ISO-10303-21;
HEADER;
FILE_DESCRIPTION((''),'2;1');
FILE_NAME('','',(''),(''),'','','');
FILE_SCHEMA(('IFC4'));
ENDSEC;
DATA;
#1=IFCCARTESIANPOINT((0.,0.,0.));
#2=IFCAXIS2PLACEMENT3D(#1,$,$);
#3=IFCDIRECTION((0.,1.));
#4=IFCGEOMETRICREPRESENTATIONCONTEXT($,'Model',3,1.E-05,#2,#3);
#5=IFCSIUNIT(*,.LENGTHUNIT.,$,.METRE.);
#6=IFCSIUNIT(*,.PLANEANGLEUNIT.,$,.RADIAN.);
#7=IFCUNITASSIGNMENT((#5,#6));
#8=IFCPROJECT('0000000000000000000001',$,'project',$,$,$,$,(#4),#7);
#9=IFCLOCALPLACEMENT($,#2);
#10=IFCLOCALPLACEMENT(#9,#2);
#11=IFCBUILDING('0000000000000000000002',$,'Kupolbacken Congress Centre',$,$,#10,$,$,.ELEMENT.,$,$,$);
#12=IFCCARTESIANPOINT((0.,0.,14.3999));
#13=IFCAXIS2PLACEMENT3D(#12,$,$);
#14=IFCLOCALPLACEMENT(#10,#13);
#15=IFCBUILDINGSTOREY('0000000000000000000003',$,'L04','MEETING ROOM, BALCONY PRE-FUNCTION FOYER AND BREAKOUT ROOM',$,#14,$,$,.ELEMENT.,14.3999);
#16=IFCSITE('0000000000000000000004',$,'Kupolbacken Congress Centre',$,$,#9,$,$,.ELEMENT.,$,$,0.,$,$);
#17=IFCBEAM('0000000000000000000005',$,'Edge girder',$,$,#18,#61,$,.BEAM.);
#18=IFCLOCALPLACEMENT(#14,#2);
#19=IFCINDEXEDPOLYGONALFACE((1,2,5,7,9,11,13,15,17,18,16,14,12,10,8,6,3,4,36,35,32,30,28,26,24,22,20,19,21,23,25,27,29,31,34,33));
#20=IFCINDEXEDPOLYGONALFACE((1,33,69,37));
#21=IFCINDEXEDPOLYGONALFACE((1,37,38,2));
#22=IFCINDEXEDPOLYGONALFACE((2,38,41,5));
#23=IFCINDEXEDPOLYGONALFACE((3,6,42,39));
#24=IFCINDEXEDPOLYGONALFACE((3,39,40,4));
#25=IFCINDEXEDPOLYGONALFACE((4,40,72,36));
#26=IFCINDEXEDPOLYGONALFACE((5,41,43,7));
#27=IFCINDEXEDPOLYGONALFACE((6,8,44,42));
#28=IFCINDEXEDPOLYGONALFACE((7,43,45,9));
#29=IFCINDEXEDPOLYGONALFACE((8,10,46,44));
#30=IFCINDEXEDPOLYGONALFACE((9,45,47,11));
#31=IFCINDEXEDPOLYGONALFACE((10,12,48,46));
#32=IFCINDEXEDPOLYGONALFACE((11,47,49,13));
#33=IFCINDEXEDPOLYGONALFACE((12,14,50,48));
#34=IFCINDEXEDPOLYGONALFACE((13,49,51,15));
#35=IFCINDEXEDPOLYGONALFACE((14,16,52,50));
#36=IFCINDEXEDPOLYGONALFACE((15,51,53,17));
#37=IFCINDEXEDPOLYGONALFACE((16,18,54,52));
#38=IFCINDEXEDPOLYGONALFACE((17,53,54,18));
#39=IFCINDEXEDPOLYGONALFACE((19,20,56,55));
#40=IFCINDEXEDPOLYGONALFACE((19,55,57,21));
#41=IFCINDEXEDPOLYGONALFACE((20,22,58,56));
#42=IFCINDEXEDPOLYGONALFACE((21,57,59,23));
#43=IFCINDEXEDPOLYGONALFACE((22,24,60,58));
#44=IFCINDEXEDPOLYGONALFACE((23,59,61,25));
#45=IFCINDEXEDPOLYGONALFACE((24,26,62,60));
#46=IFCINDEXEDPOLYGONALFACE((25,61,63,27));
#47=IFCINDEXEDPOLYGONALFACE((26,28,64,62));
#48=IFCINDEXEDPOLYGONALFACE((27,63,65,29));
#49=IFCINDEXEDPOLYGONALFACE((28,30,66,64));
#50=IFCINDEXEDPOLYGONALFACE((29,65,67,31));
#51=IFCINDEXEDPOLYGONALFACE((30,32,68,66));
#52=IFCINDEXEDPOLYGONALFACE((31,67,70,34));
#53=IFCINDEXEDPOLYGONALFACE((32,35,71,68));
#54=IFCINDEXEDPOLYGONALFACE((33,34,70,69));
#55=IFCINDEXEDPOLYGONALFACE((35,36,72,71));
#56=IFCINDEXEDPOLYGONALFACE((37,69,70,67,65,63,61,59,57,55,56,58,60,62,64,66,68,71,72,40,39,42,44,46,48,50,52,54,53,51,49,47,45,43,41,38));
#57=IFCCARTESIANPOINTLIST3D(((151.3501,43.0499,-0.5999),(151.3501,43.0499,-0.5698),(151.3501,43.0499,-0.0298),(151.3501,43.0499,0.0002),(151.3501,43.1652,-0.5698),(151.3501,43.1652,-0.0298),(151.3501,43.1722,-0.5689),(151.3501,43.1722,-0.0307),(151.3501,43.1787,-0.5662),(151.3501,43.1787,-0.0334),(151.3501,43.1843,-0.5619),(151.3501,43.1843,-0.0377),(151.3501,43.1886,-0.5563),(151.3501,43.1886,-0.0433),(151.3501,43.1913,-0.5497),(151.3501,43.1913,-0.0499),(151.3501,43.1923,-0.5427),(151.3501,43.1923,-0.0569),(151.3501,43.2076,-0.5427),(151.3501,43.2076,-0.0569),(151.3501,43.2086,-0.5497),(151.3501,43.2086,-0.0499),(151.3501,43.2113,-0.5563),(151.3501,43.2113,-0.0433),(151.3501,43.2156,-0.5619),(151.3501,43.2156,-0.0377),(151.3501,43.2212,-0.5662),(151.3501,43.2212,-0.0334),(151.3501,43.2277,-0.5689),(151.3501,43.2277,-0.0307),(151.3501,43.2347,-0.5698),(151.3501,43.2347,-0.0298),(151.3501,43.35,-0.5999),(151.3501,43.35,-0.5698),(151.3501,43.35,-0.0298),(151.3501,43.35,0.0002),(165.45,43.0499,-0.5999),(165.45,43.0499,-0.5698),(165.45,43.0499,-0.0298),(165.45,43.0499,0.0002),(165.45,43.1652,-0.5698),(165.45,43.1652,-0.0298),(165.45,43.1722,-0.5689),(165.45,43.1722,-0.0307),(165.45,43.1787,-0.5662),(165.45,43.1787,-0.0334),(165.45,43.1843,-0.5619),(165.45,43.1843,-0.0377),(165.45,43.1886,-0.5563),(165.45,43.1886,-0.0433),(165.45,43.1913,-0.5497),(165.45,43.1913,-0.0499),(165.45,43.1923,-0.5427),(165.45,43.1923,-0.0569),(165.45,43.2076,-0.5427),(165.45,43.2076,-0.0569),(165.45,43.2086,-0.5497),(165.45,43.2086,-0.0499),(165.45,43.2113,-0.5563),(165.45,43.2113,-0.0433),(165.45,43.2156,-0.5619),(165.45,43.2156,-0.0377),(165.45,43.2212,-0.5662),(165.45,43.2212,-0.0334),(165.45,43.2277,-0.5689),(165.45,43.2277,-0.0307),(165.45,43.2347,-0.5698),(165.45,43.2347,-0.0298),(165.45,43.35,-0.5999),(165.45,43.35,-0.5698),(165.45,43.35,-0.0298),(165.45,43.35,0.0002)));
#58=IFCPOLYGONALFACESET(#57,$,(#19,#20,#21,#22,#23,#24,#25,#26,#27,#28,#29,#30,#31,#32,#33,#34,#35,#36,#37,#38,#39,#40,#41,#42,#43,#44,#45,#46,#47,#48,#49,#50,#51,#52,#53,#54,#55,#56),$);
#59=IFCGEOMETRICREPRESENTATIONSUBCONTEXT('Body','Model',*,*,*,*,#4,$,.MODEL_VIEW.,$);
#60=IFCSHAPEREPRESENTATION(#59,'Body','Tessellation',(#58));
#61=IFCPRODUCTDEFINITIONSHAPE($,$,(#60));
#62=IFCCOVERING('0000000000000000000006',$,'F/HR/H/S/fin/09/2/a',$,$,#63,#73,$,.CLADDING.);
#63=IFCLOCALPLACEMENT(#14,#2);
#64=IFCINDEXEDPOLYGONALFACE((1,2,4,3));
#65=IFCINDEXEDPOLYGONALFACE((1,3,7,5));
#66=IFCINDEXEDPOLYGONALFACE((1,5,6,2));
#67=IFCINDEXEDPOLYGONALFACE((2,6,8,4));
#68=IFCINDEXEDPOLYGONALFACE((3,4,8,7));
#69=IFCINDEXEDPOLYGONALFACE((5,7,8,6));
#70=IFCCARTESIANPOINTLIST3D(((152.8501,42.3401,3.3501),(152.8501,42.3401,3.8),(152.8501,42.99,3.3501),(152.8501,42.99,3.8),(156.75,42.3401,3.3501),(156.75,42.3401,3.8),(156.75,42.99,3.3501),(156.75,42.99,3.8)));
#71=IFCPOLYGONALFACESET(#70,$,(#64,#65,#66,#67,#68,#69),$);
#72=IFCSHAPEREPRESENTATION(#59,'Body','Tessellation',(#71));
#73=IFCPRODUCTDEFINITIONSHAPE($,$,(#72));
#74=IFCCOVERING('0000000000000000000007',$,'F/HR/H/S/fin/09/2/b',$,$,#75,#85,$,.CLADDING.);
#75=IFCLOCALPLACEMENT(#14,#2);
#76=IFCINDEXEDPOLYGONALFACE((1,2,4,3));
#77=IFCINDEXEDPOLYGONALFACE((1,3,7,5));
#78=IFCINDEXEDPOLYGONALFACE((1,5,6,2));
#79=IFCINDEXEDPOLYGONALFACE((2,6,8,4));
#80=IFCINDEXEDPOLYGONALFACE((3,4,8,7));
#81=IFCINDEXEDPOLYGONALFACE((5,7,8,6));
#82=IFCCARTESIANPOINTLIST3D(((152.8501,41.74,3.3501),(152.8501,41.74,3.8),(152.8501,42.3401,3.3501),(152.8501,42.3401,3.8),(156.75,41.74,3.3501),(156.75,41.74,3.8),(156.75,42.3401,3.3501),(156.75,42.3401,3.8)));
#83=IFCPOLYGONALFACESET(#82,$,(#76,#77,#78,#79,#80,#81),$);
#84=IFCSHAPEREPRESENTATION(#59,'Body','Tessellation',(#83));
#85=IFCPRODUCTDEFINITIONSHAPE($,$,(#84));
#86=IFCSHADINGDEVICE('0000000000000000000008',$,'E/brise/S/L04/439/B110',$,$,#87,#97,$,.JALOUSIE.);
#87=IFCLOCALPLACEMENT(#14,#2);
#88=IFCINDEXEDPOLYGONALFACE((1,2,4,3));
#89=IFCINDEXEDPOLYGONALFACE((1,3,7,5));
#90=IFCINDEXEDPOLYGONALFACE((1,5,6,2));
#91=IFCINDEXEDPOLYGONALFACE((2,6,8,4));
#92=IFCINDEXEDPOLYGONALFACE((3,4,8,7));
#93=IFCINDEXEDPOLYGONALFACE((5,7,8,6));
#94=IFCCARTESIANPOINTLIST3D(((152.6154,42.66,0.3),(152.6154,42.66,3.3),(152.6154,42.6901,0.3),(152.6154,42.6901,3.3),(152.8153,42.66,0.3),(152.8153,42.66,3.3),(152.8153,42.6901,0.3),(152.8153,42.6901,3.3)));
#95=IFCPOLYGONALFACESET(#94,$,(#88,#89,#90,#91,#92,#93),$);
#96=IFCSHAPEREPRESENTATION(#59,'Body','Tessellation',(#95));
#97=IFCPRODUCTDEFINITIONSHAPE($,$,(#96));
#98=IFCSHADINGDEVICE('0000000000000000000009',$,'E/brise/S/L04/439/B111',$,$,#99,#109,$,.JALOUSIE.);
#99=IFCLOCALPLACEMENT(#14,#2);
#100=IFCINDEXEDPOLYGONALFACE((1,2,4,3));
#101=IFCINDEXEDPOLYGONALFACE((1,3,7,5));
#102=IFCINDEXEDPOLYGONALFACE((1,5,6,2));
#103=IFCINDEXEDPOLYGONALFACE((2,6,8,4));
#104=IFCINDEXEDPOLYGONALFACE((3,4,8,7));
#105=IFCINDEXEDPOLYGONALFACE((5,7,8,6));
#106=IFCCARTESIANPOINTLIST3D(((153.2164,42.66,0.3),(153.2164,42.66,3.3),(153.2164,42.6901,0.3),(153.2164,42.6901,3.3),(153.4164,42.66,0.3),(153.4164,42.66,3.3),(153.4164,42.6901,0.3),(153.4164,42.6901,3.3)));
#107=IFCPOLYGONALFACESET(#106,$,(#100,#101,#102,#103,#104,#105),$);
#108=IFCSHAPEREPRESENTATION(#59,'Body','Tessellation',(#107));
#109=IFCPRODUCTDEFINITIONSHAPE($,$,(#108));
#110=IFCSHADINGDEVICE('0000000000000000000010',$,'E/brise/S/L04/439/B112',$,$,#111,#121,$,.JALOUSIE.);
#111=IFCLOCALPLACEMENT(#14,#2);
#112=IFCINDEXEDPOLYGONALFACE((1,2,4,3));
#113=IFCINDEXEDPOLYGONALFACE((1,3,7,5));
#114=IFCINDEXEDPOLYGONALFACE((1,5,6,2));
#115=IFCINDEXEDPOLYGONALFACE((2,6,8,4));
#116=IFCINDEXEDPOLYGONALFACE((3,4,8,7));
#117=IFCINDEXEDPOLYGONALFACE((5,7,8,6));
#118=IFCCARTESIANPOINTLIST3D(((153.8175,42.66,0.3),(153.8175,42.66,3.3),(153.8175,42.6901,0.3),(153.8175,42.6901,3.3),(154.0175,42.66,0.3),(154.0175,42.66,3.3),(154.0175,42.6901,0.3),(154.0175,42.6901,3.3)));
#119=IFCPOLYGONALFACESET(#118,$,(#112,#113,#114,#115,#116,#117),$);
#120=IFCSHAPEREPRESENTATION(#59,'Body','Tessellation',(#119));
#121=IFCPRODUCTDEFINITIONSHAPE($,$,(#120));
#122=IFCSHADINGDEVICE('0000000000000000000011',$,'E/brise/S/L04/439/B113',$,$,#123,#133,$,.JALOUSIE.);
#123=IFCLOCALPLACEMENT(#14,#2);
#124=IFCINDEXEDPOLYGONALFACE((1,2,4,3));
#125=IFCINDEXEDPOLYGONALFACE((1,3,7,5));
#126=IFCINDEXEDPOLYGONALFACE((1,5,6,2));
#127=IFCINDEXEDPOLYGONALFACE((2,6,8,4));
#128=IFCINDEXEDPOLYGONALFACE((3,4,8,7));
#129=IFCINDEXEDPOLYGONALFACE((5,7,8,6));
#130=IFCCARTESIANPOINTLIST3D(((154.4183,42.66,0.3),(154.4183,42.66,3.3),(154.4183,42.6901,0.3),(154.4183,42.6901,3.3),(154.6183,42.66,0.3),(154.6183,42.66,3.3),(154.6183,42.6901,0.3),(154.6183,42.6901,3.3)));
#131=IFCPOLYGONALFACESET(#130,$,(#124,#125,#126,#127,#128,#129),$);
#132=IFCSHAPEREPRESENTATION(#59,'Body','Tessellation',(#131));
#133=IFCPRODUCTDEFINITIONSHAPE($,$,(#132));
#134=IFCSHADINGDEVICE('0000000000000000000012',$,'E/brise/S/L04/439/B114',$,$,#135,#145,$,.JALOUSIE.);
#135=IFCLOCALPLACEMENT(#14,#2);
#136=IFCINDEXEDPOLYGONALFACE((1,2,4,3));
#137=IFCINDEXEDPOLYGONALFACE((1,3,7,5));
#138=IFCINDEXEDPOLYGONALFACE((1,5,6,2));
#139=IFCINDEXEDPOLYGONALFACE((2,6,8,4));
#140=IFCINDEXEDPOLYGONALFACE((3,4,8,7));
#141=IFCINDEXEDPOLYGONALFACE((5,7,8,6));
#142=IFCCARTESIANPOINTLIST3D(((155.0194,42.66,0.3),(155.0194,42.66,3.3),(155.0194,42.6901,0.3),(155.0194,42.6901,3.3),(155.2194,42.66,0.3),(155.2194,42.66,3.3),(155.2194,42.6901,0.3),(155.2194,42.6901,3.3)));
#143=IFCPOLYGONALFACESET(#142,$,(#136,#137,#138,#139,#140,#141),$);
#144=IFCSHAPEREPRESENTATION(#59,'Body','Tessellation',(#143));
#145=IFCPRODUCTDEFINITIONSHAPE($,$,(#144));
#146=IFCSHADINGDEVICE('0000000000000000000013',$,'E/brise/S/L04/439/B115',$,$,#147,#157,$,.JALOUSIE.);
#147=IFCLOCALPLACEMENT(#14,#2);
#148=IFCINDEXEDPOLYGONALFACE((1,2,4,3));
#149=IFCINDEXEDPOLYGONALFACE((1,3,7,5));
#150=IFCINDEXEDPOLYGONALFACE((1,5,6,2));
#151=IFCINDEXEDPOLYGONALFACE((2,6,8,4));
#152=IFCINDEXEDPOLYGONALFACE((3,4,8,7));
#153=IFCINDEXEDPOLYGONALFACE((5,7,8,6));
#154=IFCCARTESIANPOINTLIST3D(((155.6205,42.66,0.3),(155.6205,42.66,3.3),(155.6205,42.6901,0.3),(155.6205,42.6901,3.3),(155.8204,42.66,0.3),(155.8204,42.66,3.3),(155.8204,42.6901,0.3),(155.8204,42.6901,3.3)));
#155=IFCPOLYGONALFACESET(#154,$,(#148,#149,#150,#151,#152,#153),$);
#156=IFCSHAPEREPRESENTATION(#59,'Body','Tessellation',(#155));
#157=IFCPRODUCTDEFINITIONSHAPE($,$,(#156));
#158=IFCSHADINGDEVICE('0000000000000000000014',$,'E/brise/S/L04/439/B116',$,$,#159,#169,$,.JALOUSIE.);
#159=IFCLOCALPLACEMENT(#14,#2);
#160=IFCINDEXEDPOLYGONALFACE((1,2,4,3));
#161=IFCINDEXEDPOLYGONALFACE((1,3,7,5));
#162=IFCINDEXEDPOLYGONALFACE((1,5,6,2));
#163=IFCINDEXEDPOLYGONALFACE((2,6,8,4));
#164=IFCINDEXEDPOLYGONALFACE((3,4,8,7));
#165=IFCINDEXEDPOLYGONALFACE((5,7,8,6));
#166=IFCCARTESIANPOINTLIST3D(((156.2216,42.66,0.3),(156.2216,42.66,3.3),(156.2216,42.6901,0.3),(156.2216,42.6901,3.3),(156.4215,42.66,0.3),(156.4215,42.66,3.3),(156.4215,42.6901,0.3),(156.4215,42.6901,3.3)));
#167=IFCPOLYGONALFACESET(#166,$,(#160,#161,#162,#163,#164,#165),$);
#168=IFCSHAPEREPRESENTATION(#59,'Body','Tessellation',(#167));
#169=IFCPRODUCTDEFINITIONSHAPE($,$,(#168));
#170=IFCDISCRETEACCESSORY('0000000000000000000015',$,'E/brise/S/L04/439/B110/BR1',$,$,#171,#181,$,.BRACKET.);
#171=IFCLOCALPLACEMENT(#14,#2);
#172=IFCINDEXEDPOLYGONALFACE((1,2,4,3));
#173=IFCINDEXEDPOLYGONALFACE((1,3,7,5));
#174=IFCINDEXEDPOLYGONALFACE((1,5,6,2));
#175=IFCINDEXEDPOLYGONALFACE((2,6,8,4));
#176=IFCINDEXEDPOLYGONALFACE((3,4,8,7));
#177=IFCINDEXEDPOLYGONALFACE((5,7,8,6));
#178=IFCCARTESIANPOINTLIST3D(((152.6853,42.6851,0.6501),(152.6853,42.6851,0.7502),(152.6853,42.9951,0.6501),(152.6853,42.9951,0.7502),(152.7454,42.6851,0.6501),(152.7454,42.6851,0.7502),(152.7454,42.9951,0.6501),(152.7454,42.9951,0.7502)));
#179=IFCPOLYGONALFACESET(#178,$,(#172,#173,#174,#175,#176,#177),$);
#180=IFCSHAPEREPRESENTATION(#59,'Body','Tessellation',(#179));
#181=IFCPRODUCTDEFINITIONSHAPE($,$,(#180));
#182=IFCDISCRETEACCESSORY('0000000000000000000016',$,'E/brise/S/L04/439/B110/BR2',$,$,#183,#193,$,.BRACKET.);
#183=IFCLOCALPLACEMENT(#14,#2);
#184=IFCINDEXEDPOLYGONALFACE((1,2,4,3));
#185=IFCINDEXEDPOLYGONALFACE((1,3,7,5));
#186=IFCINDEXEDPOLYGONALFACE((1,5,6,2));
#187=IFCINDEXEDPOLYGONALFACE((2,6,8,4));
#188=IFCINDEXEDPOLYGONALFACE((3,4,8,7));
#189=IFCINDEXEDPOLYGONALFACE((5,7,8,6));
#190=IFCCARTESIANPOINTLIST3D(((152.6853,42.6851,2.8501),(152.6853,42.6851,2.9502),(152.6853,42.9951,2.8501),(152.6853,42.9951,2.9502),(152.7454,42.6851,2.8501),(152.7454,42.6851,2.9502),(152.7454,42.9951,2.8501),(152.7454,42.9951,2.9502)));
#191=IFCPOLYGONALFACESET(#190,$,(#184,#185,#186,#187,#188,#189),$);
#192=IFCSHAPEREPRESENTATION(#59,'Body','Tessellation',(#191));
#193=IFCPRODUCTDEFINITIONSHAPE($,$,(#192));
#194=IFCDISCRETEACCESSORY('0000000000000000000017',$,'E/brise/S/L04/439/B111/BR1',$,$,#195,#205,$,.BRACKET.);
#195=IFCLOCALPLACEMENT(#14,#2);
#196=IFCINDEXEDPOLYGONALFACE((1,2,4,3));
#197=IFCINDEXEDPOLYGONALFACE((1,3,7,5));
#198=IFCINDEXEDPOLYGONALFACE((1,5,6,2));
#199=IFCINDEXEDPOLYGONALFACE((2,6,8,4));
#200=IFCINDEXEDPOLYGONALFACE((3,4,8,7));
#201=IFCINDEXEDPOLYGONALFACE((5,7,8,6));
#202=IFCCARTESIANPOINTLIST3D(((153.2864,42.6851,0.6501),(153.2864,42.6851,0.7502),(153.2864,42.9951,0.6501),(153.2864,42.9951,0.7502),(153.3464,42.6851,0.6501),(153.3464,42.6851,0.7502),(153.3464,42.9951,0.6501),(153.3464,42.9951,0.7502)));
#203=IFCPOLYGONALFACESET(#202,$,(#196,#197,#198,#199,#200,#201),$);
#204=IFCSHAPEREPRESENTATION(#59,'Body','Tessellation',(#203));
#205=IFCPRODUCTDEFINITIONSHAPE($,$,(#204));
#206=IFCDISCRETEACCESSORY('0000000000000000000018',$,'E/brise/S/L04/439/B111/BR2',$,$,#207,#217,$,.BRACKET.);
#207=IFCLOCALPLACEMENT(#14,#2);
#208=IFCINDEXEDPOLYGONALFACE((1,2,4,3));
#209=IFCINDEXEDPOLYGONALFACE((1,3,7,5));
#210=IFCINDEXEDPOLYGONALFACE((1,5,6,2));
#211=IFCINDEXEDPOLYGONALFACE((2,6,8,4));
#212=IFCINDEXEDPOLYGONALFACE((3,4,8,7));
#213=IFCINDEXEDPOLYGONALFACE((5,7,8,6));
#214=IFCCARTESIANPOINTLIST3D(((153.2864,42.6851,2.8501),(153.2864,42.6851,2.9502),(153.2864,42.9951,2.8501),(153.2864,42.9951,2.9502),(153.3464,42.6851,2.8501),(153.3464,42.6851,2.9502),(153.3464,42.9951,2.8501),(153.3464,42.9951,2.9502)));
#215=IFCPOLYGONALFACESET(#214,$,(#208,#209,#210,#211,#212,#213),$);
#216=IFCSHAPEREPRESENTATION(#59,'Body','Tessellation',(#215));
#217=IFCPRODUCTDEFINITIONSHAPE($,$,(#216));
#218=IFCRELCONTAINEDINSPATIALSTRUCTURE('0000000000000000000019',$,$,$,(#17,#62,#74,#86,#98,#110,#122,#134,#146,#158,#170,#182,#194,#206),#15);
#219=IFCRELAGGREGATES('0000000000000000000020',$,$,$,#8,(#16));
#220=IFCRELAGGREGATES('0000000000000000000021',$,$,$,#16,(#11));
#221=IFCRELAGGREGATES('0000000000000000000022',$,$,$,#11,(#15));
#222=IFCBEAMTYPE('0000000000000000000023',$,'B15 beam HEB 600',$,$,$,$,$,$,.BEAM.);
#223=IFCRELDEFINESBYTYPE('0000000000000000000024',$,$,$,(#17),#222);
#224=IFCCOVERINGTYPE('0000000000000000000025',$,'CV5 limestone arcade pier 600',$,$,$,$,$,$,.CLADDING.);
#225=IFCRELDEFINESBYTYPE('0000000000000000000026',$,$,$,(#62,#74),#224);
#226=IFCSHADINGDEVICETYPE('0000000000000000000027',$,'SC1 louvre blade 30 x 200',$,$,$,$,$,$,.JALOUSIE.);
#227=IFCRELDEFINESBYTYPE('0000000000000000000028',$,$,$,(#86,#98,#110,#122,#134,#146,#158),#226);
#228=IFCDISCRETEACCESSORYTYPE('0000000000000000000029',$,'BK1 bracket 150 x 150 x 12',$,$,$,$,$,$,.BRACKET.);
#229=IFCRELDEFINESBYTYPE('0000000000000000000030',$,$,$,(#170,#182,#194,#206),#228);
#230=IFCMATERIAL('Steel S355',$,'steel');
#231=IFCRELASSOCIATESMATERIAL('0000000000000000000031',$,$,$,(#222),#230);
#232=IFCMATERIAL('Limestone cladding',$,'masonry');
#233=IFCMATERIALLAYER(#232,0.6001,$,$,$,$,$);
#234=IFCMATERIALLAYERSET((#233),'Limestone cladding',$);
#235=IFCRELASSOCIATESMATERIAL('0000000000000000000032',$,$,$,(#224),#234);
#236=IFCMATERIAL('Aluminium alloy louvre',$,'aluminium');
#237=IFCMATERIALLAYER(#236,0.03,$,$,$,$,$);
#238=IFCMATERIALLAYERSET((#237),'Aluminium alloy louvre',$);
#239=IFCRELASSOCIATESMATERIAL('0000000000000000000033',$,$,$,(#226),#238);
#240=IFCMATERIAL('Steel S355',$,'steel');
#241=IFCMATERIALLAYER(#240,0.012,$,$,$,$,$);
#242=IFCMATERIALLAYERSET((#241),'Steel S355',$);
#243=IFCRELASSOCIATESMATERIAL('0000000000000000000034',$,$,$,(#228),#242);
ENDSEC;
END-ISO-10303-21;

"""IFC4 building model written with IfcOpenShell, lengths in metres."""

from ifc_helpers import new_model, si_unit, direction, frame, origin, origin_2d, place, context, subcontext, project, spatial, rectangle, i_section, extrude, material, layer, layer_set, material_profile, profile_set, type_object, element, save


model = new_model("IFC4")

# Units and contexts
model_context = context("Model", 3, precision=1e-05, world=origin(), true_north=direction((0.0, 1.0)))
body_context = subcontext(model_context, "Body", "Model", "MODEL_VIEW")
ifc_project = project(units=[si_unit("LENGTHUNIT", "METRE"), si_unit("PLANEANGLEUNIT", "RADIAN")], contexts=[model_context])

# Site, building, storey
site_placement = place(None, origin())
site = spatial("IfcSite", under=ifc_project, at=site_placement, Name="Kupolbacken Congress Centre", CompositionType="ELEMENT", RefElevation=0.0)
building_placement = place(site_placement, origin())
building = spatial("IfcBuilding", under=site, at=building_placement, Name="Kupolbacken Congress Centre", CompositionType="ELEMENT")
storey_placement = place(building_placement, frame((0.0, 0.0, 14.3999)))
storey = spatial("IfcBuildingStorey", under=building, at=storey_placement, Name="L04", Description="MEETING ROOM, BALCONY PRE-FUNCTION FOYER AND BREAKOUT ROOM", CompositionType="ELEMENT", Elevation=14.3999)

# Beam
ifc_material_1 = material(Name="Steel S355", Category="steel")
ifc_material_profile = material_profile(ifc_material_1, i_section(OverallWidth=0.3, OverallDepth=0.6001, WebThickness=0.0154, FlangeThickness=0.03, FilletRadius=0.0271, at=origin_2d()), Name="HEB 600")
ifc_profile_set = profile_set([ifc_material_profile], Name="Steel S355")
beam_type = type_object("IfcBeamType", Name="B15 beam HEB 600", PredefinedType="BEAM", material=ifc_profile_set)
beam_placement = place(storey_placement, frame((151.3501, 43.2, -0.2998), z_axis=(1.0, 0.0, 0.0), x_axis=(0.0, 1.0, 0.0)))
element("IfcBeam", 1, at=beam_placement, inside=storey, type_object=beam_type, Name="Edge girder", PredefinedType="BEAM", context=body_context, shape_type="SweptSolid", body=[
    extrude(i_section(OverallWidth=0.3, OverallDepth=0.6001, WebThickness=0.0154, FlangeThickness=0.03, FilletRadius=0.0271, at=origin_2d()), origin(), (0.0, 0.0, 1.0), 14.0999),
])

# Coverings
ifc_material_2 = material(Name="Limestone cladding", Category="masonry")
ifc_layer_1 = layer(ifc_material_2, 0.6001)
ifc_layer_set_1 = layer_set([ifc_layer_1], Name="Limestone cladding")
covering_type = type_object("IfcCoveringType", Name="CV5 limestone arcade pier 600", PredefinedType="CLADDING", material=ifc_layer_set_1)
covering_1_placement = place(storey_placement, frame((154.8, 42.665, 3.3501), z_axis=(0.0, 0.0, 1.0), x_axis=(1.0, 0.0, 0.0)))
element("IfcCovering", 2, at=covering_1_placement, inside=storey, type_object=covering_type, Name="F/HR/H/S/fin/09/2/a", PredefinedType="CLADDING", context=body_context, shape_type="SweptSolid", body=[
    extrude(rectangle(XDim=3.8999, YDim=0.6499, at=origin_2d()), origin(), (0.0, 0.0, 1.0), 0.45),
])
covering_2_placement = place(storey_placement, frame((154.8, 42.04, 3.3501), z_axis=(0.0, 0.0, 1.0), x_axis=(1.0, 0.0, 0.0)))
element("IfcCovering", 3, at=covering_2_placement, inside=storey, type_object=covering_type, Name="F/HR/H/S/fin/09/2/b", PredefinedType="CLADDING", context=body_context, shape_type="SweptSolid", body=[
    extrude(rectangle(XDim=3.8999, YDim=0.6001, at=origin_2d()), origin(), (0.0, 0.0, 1.0), 0.45),
])

# Shading devices
ifc_material_3 = material(Name="Aluminium alloy louvre", Category="aluminium")
ifc_layer_2 = layer(ifc_material_3, 0.03)
ifc_layer_set_2 = layer_set([ifc_layer_2], Name="Aluminium alloy louvre")
shading_device_type = type_object("IfcShadingDeviceType", Name="SC1 louvre blade 30 x 200", PredefinedType="JALOUSIE", material=ifc_layer_set_2)
for number, where, z_axis, x_axis, name in (
    (4, (152.7153, 42.675, 0.3), (0.0, 0.0, 1.0), (1.0, 0.0, 0.0), "E/brise/S/L04/439/B110"),
    (5, (153.3164, 42.675, 0.3), (0.0, 0.0, 1.0), (1.0, 0.0, 0.0), "E/brise/S/L04/439/B111"),
    (6, (153.9175, 42.675, 0.3), (0.0, 0.0, 1.0), (1.0, 0.0, 0.0), "E/brise/S/L04/439/B112"),
    (7, (154.5183, 42.675, 0.3), (0.0, 0.0, 1.0), (1.0, 0.0, 0.0), "E/brise/S/L04/439/B113"),
    (8, (155.1194, 42.675, 0.3), (0.0, 0.0, 1.0), (1.0, 0.0, 0.0), "E/brise/S/L04/439/B114"),
    (9, (155.7205, 42.675, 0.3), (0.0, 0.0, 1.0), (1.0, 0.0, 0.0), "E/brise/S/L04/439/B115"),
    (10, (156.3215, 42.675, 0.3), (0.0, 0.0, 1.0), (1.0, 0.0, 0.0), "E/brise/S/L04/439/B116"),
):
    element("IfcShadingDevice", number, at=place(storey_placement, frame(where, z_axis=z_axis, x_axis=x_axis)), inside=storey, type_object=shading_device_type, Name=name, PredefinedType="JALOUSIE", context=body_context, shape_type="SweptSolid", body=[
        extrude(rectangle(XDim=0.2, YDim=0.03, at=origin_2d()), origin(), (0.0, 0.0, 1.0), 3.0),
    ])

# Discrete accessories
ifc_material_4 = material(Name="Steel S355", Category="steel")
ifc_layer_3 = layer(ifc_material_4, 0.012)
ifc_layer_set_3 = layer_set([ifc_layer_3], Name="Steel S355")
discrete_accessory_type = type_object("IfcDiscreteAccessoryType", Name="BK1 bracket 150 x 150 x 12", PredefinedType="BRACKET", material=ifc_layer_set_3)
for number, where, z_axis, x_axis, name in (
    (11, (152.7153, 42.8401, 0.6501), (0.0, 0.0, 1.0), (1.0, 0.0, 0.0), "E/brise/S/L04/439/B110/BR1"),
    (12, (152.7153, 42.8401, 2.8501), (0.0, 0.0, 1.0), (1.0, 0.0, 0.0), "E/brise/S/L04/439/B110/BR2"),
    (13, (153.3164, 42.8401, 0.6501), (0.0, 0.0, 1.0), (1.0, 0.0, 0.0), "E/brise/S/L04/439/B111/BR1"),
    (14, (153.3164, 42.8401, 2.8501), (0.0, 0.0, 1.0), (1.0, 0.0, 0.0), "E/brise/S/L04/439/B111/BR2"),
):
    element("IfcDiscreteAccessory", number, at=place(storey_placement, frame(where, z_axis=z_axis, x_axis=x_axis)), inside=storey, type_object=discrete_accessory_type, Name=name, PredefinedType="BRACKET", context=body_context, shape_type="SweptSolid", body=[
        extrude(rectangle(XDim=0.0601, YDim=0.3101, at=origin_2d()), origin(), (0.0, 0.0, 1.0), 0.1001),
    ])

save(model, "model.ifc")
